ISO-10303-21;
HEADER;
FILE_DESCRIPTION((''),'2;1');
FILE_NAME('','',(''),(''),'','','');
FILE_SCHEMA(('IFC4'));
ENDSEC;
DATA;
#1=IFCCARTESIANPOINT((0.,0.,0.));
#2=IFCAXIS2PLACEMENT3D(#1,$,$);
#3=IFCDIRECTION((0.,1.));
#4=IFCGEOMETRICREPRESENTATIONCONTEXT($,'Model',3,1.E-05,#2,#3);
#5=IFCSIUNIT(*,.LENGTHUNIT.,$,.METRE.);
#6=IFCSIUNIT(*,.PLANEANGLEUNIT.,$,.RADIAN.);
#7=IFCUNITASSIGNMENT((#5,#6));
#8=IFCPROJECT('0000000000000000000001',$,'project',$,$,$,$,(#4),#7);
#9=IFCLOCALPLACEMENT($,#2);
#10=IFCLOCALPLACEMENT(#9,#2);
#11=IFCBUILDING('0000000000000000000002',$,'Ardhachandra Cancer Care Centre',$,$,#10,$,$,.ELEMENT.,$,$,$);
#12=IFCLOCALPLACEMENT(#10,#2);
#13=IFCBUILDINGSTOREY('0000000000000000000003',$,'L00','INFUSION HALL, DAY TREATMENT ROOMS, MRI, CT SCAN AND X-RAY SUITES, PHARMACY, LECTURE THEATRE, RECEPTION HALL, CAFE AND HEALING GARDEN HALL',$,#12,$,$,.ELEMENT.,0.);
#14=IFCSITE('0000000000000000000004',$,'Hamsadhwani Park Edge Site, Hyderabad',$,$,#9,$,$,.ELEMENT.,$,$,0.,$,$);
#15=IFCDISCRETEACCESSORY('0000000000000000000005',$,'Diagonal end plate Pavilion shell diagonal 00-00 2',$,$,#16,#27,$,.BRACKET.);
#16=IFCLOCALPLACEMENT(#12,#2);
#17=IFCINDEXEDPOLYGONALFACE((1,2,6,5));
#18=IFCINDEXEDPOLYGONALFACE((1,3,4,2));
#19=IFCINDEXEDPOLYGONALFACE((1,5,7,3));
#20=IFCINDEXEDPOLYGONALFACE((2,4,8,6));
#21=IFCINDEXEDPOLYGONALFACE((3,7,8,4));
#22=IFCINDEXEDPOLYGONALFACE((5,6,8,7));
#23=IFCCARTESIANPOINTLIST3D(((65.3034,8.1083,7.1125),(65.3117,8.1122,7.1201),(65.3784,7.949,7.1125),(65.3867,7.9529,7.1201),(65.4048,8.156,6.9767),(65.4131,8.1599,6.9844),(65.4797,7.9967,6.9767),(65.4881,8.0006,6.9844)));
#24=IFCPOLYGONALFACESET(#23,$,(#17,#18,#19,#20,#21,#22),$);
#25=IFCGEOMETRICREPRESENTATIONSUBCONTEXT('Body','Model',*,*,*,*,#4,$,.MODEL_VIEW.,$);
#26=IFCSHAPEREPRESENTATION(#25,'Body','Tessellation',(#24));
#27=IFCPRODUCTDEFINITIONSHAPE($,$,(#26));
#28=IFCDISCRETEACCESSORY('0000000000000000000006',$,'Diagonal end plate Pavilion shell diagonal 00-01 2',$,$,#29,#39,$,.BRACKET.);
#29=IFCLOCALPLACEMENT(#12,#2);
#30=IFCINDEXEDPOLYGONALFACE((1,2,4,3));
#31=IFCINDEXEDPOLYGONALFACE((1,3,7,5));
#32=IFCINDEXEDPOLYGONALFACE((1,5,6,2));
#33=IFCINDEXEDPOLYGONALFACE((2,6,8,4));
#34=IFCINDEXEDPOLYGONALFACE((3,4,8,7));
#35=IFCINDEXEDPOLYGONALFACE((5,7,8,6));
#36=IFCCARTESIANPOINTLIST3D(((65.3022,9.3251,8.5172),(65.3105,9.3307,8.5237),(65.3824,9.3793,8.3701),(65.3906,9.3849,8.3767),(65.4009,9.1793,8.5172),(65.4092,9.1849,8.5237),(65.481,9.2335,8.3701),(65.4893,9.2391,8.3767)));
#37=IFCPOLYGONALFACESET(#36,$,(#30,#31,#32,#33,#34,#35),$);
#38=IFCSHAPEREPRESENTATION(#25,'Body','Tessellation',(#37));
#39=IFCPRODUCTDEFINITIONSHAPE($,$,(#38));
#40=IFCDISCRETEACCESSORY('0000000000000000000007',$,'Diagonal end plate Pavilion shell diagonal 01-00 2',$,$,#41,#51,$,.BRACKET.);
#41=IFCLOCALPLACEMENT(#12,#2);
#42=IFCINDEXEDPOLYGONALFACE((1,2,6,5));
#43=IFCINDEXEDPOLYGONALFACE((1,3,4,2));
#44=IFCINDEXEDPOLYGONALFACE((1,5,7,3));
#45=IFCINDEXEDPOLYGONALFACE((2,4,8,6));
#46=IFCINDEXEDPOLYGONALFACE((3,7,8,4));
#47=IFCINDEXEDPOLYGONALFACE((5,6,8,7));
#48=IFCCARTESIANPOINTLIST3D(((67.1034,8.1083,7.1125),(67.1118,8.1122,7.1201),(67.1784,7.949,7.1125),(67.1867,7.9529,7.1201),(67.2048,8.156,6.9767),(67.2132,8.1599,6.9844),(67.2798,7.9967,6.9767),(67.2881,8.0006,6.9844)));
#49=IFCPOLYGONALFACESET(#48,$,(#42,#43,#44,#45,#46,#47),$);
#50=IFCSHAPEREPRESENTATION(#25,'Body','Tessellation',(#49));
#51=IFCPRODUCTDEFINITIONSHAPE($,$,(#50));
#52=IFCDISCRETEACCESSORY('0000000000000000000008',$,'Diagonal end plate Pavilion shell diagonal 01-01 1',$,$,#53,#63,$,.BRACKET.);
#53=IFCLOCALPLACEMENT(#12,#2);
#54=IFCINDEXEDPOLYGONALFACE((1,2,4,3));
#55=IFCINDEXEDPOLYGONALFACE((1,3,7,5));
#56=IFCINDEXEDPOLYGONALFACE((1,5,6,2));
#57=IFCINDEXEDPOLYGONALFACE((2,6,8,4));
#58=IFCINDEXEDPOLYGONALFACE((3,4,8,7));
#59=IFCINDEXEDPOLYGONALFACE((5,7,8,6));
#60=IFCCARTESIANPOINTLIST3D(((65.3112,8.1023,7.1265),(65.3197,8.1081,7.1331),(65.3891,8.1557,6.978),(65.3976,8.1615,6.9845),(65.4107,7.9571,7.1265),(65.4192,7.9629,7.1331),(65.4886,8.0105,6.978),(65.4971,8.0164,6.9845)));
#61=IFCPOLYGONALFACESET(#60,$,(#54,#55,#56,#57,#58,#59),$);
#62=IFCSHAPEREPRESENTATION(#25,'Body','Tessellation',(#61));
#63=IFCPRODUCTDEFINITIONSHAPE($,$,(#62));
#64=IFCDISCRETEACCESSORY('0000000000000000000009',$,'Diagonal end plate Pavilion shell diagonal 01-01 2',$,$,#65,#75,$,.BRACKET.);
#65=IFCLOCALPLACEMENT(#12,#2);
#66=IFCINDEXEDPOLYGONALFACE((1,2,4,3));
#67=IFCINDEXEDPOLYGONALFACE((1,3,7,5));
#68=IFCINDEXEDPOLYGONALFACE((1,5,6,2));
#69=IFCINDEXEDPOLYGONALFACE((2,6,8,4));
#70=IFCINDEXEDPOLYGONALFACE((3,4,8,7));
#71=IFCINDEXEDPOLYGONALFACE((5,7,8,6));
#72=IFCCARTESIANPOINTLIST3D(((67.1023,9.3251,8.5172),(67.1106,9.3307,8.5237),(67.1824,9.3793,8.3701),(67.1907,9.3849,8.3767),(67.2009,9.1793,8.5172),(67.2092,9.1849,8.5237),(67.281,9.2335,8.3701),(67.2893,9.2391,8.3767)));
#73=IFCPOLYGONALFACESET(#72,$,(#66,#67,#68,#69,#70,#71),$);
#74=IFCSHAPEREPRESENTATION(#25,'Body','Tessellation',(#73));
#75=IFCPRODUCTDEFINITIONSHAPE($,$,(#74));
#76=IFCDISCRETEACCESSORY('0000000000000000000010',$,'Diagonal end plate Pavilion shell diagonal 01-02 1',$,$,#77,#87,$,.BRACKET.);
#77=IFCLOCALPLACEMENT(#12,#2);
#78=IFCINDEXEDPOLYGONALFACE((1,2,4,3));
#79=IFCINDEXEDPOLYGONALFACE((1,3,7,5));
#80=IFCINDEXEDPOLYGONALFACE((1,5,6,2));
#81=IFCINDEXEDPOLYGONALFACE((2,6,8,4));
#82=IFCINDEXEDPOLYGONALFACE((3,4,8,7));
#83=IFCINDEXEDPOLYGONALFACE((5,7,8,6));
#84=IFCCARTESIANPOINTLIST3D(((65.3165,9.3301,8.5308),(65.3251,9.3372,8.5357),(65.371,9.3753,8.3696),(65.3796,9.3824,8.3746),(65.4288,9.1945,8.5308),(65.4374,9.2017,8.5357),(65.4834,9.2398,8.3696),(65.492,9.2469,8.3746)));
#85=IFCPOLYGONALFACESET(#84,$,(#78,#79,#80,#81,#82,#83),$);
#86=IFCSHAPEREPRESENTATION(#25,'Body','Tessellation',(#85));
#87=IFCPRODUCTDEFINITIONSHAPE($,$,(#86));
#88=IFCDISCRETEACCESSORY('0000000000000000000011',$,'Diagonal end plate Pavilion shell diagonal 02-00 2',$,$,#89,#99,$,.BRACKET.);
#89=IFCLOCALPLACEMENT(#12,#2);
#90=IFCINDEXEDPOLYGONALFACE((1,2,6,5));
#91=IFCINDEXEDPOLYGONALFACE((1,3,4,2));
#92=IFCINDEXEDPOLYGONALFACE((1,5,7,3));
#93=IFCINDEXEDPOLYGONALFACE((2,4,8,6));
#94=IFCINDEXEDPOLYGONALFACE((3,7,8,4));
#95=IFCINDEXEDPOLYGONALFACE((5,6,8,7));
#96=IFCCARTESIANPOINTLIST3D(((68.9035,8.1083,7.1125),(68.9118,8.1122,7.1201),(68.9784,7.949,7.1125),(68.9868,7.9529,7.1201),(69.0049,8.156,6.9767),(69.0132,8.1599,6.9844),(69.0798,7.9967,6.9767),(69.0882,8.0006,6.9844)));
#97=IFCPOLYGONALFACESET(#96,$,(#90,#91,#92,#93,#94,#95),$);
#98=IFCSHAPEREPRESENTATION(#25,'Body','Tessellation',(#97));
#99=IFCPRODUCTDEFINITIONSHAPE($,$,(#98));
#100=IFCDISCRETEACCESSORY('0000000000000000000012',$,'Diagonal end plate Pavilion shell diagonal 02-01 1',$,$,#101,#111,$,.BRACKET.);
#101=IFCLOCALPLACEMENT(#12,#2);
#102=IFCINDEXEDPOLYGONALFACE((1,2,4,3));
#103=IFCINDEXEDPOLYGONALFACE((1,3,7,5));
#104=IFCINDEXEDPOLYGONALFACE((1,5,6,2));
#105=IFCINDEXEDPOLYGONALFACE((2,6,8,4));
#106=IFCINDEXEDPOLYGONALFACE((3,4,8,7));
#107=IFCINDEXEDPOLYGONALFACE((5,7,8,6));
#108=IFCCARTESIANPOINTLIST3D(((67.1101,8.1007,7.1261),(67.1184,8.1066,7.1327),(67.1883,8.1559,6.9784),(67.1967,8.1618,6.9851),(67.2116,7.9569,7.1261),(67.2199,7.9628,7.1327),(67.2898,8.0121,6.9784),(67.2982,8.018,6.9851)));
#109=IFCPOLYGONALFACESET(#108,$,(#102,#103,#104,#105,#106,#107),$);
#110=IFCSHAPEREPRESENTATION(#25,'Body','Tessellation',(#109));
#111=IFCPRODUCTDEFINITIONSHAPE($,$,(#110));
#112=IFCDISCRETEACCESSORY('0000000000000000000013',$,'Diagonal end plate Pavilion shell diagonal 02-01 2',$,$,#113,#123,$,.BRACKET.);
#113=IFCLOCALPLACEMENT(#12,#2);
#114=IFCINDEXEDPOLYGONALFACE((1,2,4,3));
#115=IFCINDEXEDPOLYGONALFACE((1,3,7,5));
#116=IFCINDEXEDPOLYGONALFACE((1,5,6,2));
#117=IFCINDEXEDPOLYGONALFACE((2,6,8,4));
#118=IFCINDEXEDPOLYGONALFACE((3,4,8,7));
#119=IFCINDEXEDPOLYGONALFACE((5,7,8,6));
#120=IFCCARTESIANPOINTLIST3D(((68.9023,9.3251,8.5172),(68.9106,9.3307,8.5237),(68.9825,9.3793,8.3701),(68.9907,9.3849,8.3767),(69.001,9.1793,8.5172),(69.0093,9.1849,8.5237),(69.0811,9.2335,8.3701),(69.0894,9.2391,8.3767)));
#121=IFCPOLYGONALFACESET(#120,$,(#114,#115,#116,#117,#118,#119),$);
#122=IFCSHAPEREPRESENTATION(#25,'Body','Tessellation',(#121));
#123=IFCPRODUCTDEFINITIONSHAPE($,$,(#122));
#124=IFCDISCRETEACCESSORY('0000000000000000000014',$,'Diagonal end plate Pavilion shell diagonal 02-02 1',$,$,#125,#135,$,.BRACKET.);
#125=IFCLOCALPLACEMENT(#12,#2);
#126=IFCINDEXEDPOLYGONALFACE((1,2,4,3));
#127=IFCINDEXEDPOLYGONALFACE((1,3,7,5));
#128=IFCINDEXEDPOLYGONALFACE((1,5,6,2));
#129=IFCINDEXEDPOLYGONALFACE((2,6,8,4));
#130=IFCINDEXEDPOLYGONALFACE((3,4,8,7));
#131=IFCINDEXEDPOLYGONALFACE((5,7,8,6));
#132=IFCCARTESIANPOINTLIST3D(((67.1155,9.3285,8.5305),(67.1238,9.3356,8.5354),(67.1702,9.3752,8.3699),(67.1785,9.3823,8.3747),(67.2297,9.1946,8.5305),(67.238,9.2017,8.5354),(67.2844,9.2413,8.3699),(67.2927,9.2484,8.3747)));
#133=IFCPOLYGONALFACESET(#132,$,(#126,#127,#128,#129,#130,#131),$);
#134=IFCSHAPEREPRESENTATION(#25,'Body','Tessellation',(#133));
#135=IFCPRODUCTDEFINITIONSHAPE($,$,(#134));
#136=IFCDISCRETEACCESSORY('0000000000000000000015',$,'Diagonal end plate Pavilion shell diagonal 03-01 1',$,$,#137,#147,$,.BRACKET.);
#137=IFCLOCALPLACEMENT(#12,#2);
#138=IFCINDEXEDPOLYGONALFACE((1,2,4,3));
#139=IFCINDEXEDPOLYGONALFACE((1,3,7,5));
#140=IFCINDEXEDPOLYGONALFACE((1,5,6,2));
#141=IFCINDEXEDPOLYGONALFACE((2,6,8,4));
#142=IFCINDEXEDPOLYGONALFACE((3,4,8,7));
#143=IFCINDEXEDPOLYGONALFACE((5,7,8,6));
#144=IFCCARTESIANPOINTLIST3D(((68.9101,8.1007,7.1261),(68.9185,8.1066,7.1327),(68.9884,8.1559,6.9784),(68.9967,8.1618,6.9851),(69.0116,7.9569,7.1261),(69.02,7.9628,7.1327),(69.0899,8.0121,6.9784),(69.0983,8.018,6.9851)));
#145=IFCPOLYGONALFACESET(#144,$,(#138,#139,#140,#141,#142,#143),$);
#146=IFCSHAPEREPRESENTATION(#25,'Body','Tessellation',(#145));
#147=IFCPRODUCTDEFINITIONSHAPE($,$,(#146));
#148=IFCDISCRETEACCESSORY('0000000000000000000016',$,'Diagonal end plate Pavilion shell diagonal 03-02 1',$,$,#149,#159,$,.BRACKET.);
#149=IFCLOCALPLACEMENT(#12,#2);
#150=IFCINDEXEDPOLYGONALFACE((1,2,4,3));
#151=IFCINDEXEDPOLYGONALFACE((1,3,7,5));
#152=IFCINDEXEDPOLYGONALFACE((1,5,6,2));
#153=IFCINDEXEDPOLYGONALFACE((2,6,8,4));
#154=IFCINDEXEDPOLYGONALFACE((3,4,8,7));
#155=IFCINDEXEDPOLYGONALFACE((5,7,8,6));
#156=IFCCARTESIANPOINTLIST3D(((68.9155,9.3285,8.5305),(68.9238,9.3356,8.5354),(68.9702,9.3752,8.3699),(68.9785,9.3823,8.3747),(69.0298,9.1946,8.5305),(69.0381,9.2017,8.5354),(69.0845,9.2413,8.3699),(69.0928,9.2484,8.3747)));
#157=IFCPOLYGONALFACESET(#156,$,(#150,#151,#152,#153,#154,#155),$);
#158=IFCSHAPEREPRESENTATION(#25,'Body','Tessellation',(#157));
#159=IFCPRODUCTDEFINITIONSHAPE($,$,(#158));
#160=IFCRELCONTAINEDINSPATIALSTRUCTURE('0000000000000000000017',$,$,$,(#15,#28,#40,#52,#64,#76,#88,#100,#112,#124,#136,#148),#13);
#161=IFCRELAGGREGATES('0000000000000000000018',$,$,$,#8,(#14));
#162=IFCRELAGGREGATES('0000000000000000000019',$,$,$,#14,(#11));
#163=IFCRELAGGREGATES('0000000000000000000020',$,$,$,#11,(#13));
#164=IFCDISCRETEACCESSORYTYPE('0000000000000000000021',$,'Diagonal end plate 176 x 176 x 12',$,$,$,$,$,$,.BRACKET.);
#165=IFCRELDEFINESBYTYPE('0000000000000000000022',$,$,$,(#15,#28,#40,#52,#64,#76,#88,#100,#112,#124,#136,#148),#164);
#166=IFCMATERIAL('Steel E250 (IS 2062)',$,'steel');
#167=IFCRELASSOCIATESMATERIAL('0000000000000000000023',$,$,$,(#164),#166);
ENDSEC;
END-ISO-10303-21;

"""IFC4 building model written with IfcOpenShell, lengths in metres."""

from ifc_helpers import new_model, si_unit, direction, frame, origin, origin_2d, place, context, subcontext, project, spatial, rectangle, extrude, material, material_profile, profile_set, type_object, element, save


model = new_model("IFC4")

# Units and contexts
model_context = context("Model", 3, precision=1e-05, world=origin(), true_north=direction((0.0, 1.0)))
body_context = subcontext(model_context, "Body", "Model", "MODEL_VIEW")
ifc_project = project(units=[si_unit("LENGTHUNIT", "METRE"), si_unit("PLANEANGLEUNIT", "RADIAN")], contexts=[model_context])

# Site, building, storey
site_placement = place(None, origin())
site = spatial("IfcSite", under=ifc_project, at=site_placement, Name="Hamsadhwani Park Edge Site, Hyderabad", CompositionType="ELEMENT", RefElevation=0.0)
building_placement = place(site_placement, origin())
building = spatial("IfcBuilding", under=site, at=building_placement, Name="Ardhachandra Cancer Care Centre", CompositionType="ELEMENT")
storey_placement = place(building_placement, origin())
storey = spatial("IfcBuildingStorey", under=building, at=storey_placement, Name="L00", Description="INFUSION HALL, DAY TREATMENT ROOMS, MRI, CT SCAN AND X-RAY SUITES, PHARMACY, LECTURE THEATRE, RECEPTION HALL, CAFE AND HEALING GARDEN HALL", CompositionType="ELEMENT", Elevation=0.0)

# Discrete accessories
ifc_material_1 = material(Name="Steel E250 (IS 2062)", Category="steel")
ifc_material_profile_1 = material_profile(ifc_material_1, rectangle(XDim=0.176, YDim=0.176, at=origin_2d()), Name="PL 176x176x12")
ifc_profile_set_1 = profile_set([ifc_material_profile_1], Name="Steel E250 (IS 2062)")
discrete_accessory_type = type_object("IfcDiscreteAccessoryType", Name="Diagonal end plate 176 x 176 x 12", PredefinedType="BRACKET", material=ifc_profile_set_1)
for number, where, z_axis, x_axis, name in (
    (1, (65.3999, 8.0564, 7.0522), (-0.697959, -0.328451, -0.636375), (0.425797, -0.904819, 0.0), "Diagonal end plate Pavilion shell diagonal 00-00 2"),
    (2, (65.3999, 9.2849, 8.4502), (-0.692007, -0.468122, -0.549535), (0.560309, -0.828283, 0.0), "Diagonal end plate Pavilion shell diagonal 00-01 2"),
    (3, (67.2, 8.0564, 7.0522), (-0.697959, -0.328451, -0.636375), (0.425797, -0.904819, 0.0), "Diagonal end plate Pavilion shell diagonal 01-00 2"),
):
    element("IfcDiscreteAccessory", number, at=place(storey_placement, frame(where, z_axis=z_axis, x_axis=x_axis)), inside=storey, type_object=discrete_accessory_type, Name=name, PredefinedType="BRACKET", context=body_context, shape_type="SweptSolid", body=[
        extrude(rectangle(XDim=0.176, YDim=0.176, at=origin_2d()), origin(), (0.0, 0.0, 1.0), 0.012),
    ])
discrete_accessory_1_placement = place(storey_placement, frame((65.3999, 8.0564, 7.0522), z_axis=(0.695837, 0.477146, 0.536789), x_axis=(-0.565528, 0.824729, 0.0)))
element("IfcDiscreteAccessory", 4, at=discrete_accessory_1_placement, inside=storey, type_object=discrete_accessory_type, Name="Diagonal end plate Pavilion shell diagonal 01-01 1", PredefinedType="BRACKET", context=body_context, shape_type="SweptSolid", body=[
    extrude(rectangle(XDim=0.176, YDim=0.176, at=origin_2d()), origin(), (0.0, 0.0, 1.0), 0.0122),
])
discrete_accessory_2_placement = place(storey_placement, frame((67.2, 9.2849, 8.4502), z_axis=(-0.692007, -0.468122, -0.549535), x_axis=(0.560309, -0.828283, 0.0)))
element("IfcDiscreteAccessory", 5, at=discrete_accessory_2_placement, inside=storey, type_object=discrete_accessory_type, Name="Diagonal end plate Pavilion shell diagonal 01-01 2", PredefinedType="BRACKET", context=body_context, shape_type="SweptSolid", body=[
    extrude(rectangle(XDim=0.176, YDim=0.176, at=origin_2d()), origin(), (0.0, 0.0, 1.0), 0.012),
])
discrete_accessory_3_placement = place(storey_placement, frame((65.3999, 9.2849, 8.4502), z_axis=(0.704809, 0.583985, 0.402748), x_axis=(-0.638018, 0.770022, 0.0)))
element("IfcDiscreteAccessory", 6, at=discrete_accessory_3_placement, inside=storey, type_object=discrete_accessory_type, Name="Diagonal end plate Pavilion shell diagonal 01-02 1", PredefinedType="BRACKET", context=body_context, shape_type="SweptSolid", body=[
    extrude(rectangle(XDim=0.176, YDim=0.176, at=origin_2d()), origin(), (0.0, 0.0, 1.0), 0.0122),
])
discrete_accessory_4_placement = place(storey_placement, frame((69.0, 8.0564, 7.0522), z_axis=(-0.697959, -0.328451, -0.636375), x_axis=(0.425797, -0.904819, 0.0)))
element("IfcDiscreteAccessory", 7, at=discrete_accessory_4_placement, inside=storey, type_object=discrete_accessory_type, Name="Diagonal end plate Pavilion shell diagonal 02-00 2", PredefinedType="BRACKET", context=body_context, shape_type="SweptSolid", body=[
    extrude(rectangle(XDim=0.176, YDim=0.176, at=origin_2d()), origin(), (0.0, 0.0, 1.0), 0.012),
])
discrete_accessory_5_placement = place(storey_placement, frame((67.2, 8.0564, 7.0522), z_axis=(0.685367, 0.483788, 0.544262), x_axis=(-0.576683, 0.816968, 0.0)))
element("IfcDiscreteAccessory", 8, at=discrete_accessory_5_placement, inside=storey, type_object=discrete_accessory_type, Name="Diagonal end plate Pavilion shell diagonal 02-01 1", PredefinedType="BRACKET", context=body_context, shape_type="SweptSolid", body=[
    extrude(rectangle(XDim=0.176, YDim=0.176, at=origin_2d()), origin(), (0.0, 0.0, 1.0), 0.0122),
])
for number, where, z_axis, x_axis, name in (
    (9, (69.0, 9.2849, 8.4502), (-0.692007, -0.468122, -0.549535), (0.560309, -0.828283, 0.0), "Diagonal end plate Pavilion shell diagonal 02-01 2"),
    (10, (67.2, 9.2849, 8.4502), (0.694456, 0.59233, 0.408504), (-0.648947, 0.760834, 0.0), "Diagonal end plate Pavilion shell diagonal 02-02 1"),
):
    element("IfcDiscreteAccessory", number, at=place(storey_placement, frame(where, z_axis=z_axis, x_axis=x_axis)), inside=storey, type_object=discrete_accessory_type, Name=name, PredefinedType="BRACKET", context=body_context, shape_type="SweptSolid", body=[
        extrude(rectangle(XDim=0.176, YDim=0.176, at=origin_2d()), origin(), (0.0, 0.0, 1.0), 0.012),
    ])
discrete_accessory_6_placement = place(storey_placement, frame((69.0, 8.0564, 7.0522), z_axis=(0.685367, 0.483788, 0.544262), x_axis=(-0.576683, 0.816968, 0.0)))
element("IfcDiscreteAccessory", 11, at=discrete_accessory_6_placement, inside=storey, type_object=discrete_accessory_type, Name="Diagonal end plate Pavilion shell diagonal 03-01 1", PredefinedType="BRACKET", context=body_context, shape_type="SweptSolid", body=[
    extrude(rectangle(XDim=0.176, YDim=0.176, at=origin_2d()), origin(), (0.0, 0.0, 1.0), 0.0122),
])
discrete_accessory_7_placement = place(storey_placement, frame((69.0, 9.2849, 8.4502), z_axis=(0.694456, 0.59233, 0.408504), x_axis=(-0.648947, 0.760834, 0.0)))
element("IfcDiscreteAccessory", 12, at=discrete_accessory_7_placement, inside=storey, type_object=discrete_accessory_type, Name="Diagonal end plate Pavilion shell diagonal 03-02 1", PredefinedType="BRACKET", context=body_context, shape_type="SweptSolid", body=[
    extrude(rectangle(XDim=0.176, YDim=0.176, at=origin_2d()), origin(), (0.0, 0.0, 1.0), 0.012),
])

save(model, "model.ifc")
